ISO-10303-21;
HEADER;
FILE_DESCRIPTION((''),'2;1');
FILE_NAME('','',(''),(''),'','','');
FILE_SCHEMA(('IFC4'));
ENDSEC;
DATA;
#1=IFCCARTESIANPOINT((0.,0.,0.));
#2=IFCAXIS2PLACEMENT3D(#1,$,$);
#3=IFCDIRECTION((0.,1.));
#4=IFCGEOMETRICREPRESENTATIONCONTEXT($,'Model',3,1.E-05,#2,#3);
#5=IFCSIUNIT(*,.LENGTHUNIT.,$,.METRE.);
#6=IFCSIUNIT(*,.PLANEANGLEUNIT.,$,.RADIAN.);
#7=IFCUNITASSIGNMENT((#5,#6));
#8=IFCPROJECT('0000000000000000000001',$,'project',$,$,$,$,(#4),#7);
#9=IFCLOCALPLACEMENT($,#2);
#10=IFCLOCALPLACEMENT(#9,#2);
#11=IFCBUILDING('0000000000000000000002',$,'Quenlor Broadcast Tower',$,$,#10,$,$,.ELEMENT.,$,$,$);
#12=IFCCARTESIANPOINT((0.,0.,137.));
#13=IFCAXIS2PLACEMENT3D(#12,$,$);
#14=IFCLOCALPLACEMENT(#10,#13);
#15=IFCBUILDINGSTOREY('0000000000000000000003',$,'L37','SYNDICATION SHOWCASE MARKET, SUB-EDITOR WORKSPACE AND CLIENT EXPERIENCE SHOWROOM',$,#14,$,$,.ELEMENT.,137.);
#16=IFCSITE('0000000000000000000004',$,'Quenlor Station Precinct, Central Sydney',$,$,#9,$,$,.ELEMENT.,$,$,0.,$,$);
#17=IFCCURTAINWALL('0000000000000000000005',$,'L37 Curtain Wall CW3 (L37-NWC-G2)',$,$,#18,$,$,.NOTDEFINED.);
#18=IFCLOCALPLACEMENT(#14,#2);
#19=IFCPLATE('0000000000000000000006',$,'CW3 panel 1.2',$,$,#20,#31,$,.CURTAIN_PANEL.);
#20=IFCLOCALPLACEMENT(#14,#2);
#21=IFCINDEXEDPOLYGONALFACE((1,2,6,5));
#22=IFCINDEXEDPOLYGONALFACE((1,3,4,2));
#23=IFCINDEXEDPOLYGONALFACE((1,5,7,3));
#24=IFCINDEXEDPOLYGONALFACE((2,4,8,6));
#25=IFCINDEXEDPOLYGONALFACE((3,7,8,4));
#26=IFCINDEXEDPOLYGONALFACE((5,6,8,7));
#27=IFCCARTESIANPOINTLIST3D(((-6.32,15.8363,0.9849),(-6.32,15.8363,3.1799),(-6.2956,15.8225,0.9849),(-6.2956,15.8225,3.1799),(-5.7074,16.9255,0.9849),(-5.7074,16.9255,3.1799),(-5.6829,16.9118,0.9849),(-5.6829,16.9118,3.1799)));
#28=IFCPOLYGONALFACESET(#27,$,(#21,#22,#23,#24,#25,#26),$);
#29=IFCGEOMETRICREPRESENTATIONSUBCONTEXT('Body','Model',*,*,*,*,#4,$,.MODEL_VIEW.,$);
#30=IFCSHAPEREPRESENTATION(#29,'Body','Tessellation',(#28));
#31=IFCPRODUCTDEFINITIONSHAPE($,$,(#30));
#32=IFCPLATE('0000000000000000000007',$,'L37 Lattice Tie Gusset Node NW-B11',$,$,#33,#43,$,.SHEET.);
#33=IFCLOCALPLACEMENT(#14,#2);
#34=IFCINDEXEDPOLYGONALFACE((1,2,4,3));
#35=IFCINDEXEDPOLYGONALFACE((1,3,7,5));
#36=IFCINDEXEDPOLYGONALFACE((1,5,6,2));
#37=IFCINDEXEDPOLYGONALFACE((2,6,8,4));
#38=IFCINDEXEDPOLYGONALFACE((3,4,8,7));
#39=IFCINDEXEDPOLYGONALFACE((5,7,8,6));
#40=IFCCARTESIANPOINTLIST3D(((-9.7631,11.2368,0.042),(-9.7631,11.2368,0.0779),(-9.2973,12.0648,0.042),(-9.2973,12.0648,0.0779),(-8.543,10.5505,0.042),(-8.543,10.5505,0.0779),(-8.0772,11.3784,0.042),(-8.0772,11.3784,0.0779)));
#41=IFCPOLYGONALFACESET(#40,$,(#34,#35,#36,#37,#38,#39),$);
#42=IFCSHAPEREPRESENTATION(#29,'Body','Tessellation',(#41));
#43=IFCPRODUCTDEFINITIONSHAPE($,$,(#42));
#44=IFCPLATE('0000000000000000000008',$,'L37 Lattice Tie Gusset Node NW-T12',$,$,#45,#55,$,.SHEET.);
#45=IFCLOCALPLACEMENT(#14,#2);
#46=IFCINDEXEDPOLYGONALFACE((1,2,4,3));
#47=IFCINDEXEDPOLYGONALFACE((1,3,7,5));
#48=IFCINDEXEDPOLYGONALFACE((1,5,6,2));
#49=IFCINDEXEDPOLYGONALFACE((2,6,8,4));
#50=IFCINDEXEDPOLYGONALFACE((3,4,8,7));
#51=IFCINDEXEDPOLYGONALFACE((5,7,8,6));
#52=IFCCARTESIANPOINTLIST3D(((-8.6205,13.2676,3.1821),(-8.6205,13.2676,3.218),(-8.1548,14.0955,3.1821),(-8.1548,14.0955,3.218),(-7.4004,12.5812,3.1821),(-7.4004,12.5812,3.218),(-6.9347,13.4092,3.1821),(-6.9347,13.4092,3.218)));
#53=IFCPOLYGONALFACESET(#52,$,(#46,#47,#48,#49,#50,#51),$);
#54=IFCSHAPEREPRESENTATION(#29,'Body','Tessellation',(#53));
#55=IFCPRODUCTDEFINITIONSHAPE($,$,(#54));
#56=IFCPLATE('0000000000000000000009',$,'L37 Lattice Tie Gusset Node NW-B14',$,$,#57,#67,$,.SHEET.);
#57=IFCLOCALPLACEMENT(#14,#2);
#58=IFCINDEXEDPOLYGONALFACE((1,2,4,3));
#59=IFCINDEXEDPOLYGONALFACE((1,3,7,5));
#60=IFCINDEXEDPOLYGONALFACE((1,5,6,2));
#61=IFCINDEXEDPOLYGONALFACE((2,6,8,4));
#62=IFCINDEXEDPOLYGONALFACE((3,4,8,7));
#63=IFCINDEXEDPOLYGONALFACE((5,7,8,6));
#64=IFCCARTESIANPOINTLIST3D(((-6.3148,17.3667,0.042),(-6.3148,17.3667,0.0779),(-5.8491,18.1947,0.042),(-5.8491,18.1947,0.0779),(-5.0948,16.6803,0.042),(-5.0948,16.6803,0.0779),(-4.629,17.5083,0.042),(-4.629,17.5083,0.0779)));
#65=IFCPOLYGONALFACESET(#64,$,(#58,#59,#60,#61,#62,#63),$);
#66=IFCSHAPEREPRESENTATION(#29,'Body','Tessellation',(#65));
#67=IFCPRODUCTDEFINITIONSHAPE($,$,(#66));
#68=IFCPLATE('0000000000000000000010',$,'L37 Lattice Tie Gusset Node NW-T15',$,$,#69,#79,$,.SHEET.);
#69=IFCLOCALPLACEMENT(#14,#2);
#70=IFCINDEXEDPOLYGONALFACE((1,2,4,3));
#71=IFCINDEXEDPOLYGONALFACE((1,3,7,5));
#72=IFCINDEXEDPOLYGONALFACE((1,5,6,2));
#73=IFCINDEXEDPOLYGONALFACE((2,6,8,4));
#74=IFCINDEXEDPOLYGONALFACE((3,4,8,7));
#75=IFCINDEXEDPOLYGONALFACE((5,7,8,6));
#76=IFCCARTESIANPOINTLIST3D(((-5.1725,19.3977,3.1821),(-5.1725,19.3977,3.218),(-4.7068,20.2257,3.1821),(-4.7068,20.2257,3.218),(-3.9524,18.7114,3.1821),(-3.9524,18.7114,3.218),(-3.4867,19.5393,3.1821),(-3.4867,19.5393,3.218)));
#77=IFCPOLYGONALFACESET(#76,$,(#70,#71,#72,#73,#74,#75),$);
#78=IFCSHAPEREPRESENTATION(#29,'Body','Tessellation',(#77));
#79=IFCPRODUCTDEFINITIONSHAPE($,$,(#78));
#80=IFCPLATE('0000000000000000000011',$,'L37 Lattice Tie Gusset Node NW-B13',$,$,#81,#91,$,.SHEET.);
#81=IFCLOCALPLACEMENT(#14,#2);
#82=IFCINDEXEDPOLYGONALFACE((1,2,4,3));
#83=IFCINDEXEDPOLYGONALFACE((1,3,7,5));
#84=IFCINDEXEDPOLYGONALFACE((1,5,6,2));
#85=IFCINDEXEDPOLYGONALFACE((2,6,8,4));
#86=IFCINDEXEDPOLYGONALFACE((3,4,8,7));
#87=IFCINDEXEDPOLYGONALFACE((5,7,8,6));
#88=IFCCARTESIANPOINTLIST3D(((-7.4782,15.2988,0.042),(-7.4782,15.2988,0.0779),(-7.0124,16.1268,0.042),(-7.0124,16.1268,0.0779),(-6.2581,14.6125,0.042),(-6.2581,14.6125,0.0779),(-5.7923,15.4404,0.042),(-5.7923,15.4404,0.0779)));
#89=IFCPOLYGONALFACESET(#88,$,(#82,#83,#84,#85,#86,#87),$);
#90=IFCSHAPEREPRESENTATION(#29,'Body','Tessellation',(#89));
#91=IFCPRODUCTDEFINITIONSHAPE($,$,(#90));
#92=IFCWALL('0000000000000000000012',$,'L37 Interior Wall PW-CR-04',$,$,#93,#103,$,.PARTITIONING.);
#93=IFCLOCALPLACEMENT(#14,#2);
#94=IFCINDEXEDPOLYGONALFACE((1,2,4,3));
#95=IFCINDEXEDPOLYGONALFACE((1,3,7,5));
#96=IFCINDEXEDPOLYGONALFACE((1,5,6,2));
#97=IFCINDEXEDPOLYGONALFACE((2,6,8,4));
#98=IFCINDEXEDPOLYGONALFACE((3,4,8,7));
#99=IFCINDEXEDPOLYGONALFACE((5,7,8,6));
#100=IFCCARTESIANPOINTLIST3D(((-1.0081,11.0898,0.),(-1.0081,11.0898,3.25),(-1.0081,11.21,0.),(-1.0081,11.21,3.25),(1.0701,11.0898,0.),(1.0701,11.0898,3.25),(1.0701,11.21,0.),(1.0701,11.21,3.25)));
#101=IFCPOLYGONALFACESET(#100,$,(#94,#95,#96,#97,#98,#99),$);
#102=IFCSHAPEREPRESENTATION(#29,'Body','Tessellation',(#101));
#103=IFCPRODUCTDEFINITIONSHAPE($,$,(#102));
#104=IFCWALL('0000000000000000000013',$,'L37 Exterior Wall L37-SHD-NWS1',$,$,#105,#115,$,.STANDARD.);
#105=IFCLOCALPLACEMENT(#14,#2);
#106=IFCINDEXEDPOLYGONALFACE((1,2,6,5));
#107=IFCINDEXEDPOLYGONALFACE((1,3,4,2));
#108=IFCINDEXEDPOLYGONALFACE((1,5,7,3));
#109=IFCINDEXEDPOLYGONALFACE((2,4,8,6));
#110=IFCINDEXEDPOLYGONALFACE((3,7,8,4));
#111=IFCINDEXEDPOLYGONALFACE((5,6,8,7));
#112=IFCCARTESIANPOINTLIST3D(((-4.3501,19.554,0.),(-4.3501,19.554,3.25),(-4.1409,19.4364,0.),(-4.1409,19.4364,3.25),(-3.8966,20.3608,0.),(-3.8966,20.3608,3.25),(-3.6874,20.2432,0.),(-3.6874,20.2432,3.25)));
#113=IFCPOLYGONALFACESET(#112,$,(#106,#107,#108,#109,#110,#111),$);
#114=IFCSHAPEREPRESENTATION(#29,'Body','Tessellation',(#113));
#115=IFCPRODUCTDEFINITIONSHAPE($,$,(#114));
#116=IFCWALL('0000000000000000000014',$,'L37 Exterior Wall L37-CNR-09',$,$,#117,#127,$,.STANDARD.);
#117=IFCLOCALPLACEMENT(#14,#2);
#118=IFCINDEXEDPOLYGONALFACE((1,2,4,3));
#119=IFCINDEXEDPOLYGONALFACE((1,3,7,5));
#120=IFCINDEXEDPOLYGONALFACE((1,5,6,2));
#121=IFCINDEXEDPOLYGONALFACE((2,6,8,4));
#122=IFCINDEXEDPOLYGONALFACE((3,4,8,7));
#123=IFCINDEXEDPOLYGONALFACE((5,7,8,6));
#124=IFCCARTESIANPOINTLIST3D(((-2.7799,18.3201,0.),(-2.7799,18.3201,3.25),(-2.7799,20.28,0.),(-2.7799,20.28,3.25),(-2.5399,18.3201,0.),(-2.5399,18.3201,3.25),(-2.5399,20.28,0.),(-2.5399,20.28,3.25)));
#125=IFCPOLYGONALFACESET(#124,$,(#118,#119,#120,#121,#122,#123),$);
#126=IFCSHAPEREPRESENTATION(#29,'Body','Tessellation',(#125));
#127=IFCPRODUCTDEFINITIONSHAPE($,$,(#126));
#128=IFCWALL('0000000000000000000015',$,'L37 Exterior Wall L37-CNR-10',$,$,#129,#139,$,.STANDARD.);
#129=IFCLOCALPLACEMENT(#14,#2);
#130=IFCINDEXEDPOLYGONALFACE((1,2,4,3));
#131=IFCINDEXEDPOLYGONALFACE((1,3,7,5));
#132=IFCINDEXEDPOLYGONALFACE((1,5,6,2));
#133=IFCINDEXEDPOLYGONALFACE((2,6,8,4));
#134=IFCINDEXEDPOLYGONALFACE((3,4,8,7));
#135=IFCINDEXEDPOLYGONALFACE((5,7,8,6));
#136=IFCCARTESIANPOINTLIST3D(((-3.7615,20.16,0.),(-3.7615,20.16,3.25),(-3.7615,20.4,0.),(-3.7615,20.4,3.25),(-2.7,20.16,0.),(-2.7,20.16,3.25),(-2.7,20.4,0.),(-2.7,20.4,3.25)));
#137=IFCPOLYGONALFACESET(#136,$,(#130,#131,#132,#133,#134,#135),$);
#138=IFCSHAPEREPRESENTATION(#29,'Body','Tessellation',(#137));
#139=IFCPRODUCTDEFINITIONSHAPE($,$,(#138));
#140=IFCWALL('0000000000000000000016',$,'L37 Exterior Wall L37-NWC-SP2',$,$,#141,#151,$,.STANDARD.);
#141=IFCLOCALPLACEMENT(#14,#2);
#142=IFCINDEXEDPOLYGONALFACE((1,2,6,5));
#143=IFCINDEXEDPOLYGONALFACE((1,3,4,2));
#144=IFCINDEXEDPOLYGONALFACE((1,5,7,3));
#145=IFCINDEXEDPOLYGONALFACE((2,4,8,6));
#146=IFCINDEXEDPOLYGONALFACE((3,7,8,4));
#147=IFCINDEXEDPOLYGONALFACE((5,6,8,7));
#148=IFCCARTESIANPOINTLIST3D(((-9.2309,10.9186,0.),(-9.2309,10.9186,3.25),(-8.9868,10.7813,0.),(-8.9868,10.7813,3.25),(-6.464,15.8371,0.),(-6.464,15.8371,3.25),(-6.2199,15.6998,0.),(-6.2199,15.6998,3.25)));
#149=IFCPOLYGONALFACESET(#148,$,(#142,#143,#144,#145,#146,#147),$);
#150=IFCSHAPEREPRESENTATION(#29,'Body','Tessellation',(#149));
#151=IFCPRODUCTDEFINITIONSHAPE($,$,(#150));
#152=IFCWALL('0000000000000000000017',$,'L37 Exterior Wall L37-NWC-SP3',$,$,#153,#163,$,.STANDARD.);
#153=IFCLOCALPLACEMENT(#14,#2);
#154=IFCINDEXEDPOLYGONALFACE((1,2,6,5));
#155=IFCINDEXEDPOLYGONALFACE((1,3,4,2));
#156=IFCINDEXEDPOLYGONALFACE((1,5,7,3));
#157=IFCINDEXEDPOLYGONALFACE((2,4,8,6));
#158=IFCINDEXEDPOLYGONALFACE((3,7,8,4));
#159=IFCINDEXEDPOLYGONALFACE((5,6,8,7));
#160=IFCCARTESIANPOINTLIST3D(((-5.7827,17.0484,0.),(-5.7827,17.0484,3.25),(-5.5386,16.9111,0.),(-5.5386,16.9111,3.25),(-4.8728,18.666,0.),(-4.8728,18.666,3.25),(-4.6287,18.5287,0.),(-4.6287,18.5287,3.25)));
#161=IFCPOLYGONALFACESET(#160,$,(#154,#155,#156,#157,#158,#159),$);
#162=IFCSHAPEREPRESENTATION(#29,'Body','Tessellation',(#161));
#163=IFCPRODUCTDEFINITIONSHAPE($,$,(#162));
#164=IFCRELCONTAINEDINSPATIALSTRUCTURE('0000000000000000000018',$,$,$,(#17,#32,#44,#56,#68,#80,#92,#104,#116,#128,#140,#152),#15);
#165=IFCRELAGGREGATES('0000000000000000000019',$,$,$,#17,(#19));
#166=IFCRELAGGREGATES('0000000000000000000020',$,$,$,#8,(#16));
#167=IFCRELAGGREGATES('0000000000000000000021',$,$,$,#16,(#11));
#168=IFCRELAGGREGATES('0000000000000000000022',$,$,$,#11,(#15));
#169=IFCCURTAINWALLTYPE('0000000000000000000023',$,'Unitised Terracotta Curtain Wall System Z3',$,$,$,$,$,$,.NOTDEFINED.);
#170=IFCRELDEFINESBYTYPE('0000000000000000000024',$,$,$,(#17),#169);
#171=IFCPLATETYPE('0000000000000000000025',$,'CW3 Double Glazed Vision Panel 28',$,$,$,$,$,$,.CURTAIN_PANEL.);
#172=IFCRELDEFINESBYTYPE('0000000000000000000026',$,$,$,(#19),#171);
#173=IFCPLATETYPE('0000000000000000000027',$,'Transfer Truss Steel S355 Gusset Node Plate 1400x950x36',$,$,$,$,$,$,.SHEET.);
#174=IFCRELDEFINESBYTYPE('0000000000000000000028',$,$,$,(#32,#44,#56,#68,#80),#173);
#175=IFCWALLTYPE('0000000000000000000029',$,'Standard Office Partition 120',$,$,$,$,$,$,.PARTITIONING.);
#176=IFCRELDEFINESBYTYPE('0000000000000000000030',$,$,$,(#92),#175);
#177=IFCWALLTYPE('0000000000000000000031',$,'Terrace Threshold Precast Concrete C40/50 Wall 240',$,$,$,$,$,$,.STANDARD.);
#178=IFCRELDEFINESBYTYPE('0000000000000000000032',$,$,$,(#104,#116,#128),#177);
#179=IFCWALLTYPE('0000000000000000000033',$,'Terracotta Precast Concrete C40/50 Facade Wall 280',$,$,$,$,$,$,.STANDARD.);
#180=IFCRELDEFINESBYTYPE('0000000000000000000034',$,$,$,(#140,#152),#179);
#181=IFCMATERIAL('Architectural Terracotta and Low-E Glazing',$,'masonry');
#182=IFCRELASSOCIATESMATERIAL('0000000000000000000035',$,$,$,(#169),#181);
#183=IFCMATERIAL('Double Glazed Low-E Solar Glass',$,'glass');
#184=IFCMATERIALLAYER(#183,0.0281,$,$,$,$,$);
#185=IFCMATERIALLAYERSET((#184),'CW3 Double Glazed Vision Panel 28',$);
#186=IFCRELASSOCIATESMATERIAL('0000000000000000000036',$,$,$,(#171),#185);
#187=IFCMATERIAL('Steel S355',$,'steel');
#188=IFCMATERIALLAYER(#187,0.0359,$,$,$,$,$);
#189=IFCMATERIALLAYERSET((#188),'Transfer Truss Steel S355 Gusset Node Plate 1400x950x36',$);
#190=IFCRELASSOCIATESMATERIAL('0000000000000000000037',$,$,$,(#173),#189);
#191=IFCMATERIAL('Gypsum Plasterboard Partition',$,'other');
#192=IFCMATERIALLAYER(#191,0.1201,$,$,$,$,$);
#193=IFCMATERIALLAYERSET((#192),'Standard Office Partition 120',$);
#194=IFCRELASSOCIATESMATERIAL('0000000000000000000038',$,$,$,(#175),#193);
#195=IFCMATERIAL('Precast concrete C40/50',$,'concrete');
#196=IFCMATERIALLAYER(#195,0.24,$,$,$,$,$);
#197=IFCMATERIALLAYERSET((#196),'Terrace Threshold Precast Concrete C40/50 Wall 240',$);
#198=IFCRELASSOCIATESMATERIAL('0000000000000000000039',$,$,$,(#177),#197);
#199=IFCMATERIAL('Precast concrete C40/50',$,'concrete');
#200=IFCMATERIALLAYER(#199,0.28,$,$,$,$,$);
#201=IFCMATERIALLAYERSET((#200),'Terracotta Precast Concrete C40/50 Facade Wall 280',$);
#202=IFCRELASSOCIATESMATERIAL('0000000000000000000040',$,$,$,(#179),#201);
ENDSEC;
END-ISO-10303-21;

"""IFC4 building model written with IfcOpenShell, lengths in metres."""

from ifc_helpers import new_model, si_unit, direction, frame, frame_2d, origin, origin_2d, place, context, subcontext, project, spatial, rectangle, extrude, material, layer, layer_set, type_object, element, aggregate, save


model = new_model("IFC4")

# Units and contexts
model_context = context("Model", 3, precision=1e-05, world=origin(), true_north=direction((0.0, 1.0)))
body_context = subcontext(model_context, "Body", "Model", "MODEL_VIEW")
ifc_project = project(units=[si_unit("LENGTHUNIT", "METRE"), si_unit("PLANEANGLEUNIT", "RADIAN")], contexts=[model_context])

# Site, building, storey
site_placement = place(None, origin())
site = spatial("IfcSite", under=ifc_project, at=site_placement, Name="Quenlor Station Precinct, Central Sydney", CompositionType="ELEMENT", RefElevation=0.0)
building_placement = place(site_placement, origin())
building = spatial("IfcBuilding", under=site, at=building_placement, Name="Quenlor Broadcast Tower", CompositionType="ELEMENT")
storey_placement = place(building_placement, frame((0.0, 0.0, 137.0)))
storey = spatial("IfcBuildingStorey", under=building, at=storey_placement, Name="L37", Description="SYNDICATION SHOWCASE MARKET, SUB-EDITOR WORKSPACE AND CLIENT EXPERIENCE SHOWROOM", CompositionType="ELEMENT", Elevation=137.0)

# Shared definitions
ifc_material_1 = material(Name="Architectural Terracotta and Low-E Glazing", Category="masonry")
curtain_wall_type = type_object("IfcCurtainWallType", Name="Unitised Terracotta Curtain Wall System Z3", PredefinedType="NOTDEFINED", material=ifc_material_1)

# Curtain wall
curtain_wall_1_placement = place(storey_placement, origin())
curtain_wall_1 = element("IfcCurtainWall", 1, at=curtain_wall_1_placement, inside=storey, type_object=curtain_wall_type, Name="L37 Curtain Wall CW3 (L37-NWC-G2)", PredefinedType="NOTDEFINED")

# Plate
ifc_material_2 = material(Name="Double Glazed Low-E Solar Glass", Category="glass")
ifc_layer_1 = layer(ifc_material_2, 0.0281)
ifc_layer_set_1 = layer_set([ifc_layer_1], Name="CW3 Double Glazed Vision Panel 28")
plate_type_1 = type_object("IfcPlateType", Name="CW3 Double Glazed Vision Panel 28", PredefinedType="CURTAIN_PANEL", material=ifc_layer_set_1)
plate_1_placement = place(storey_placement, frame((-6.0015, 16.374, 0.9849), z_axis=(0.0, 0.0, 1.0), x_axis=(0.49023, 0.871593, 0.0)))
plate_1 = element("IfcPlate", 2, at=plate_1_placement, type_object=plate_type_1, Name="CW3 panel 1.2", PredefinedType="CURTAIN_PANEL", context=body_context, shape_type="SweptSolid", body=[
    extrude(rectangle(XDim=1.2498, YDim=0.0281, at=origin_2d()), origin(), (0.0, 0.0, 1.0), 2.1951),
])
aggregate(curtain_wall_1, [plate_1])

# Plates
ifc_material_3 = material(Name="Steel S355", Category="steel")
ifc_layer_2 = layer(ifc_material_3, 0.0359)
ifc_layer_set_2 = layer_set([ifc_layer_2], Name="Transfer Truss Steel S355 Gusset Node Plate 1400x950x36")
plate_type_2 = type_object("IfcPlateType", Name="Transfer Truss Steel S355 Gusset Node Plate 1400x950x36", PredefinedType="SHEET", material=ifc_layer_set_2)
for number, where, z_axis, x_axis, name in (
    (3, (-8.9202, 11.3076, 0.042), (0.0, 0.0, 1.0), (-0.871556, 0.490295, 0.0), "L37 Lattice Tie Gusset Node NW-B11"),
    (4, (-7.7776, 13.3384, 3.1821), (0.0, 0.0, 1.0), (-0.871556, 0.490295, 0.0), "L37 Lattice Tie Gusset Node NW-T12"),
    (5, (-5.4719, 17.4375, 0.042), (0.0, 0.0, 1.0), (-0.871556, 0.490295, 0.0), "L37 Lattice Tie Gusset Node NW-B14"),
    (6, (-4.3296, 19.4685, 3.1821), (0.0, 0.0, 1.0), (-0.871556, 0.490295, 0.0), "L37 Lattice Tie Gusset Node NW-T15"),
    (7, (-6.6353, 15.3696, 0.042), (0.0, 0.0, 1.0), (-0.871556, 0.490295, 0.0), "L37 Lattice Tie Gusset Node NW-B13"),
):
    element("IfcPlate", number, at=place(storey_placement, frame(where, z_axis=z_axis, x_axis=x_axis)), inside=storey, type_object=plate_type_2, Name=name, PredefinedType="SHEET", context=body_context, shape_type="SweptSolid", body=[
        extrude(rectangle(XDim=1.3999, YDim=0.95, at=origin_2d()), origin(), (0.0, 0.0, 1.0), 0.0359),
    ])

# Walls
ifc_material_4 = material(Name="Gypsum Plasterboard Partition", Category="other")
ifc_layer_3 = layer(ifc_material_4, 0.1201)
ifc_layer_set_3 = layer_set([ifc_layer_3], Name="Standard Office Partition 120")
wall_type_1 = type_object("IfcWallType", Name="Standard Office Partition 120", PredefinedType="PARTITIONING", material=ifc_layer_set_3)
wall_1_placement = place(storey_placement, frame((-1.0081, 11.1499, 0.0), z_axis=(0.0, 0.0, 1.0), x_axis=(1.0, 0.0, 0.0)))
element("IfcWall", 8, at=wall_1_placement, inside=storey, type_object=wall_type_1, Name="L37 Interior Wall PW-CR-04", PredefinedType="PARTITIONING", context=body_context, shape_type="SweptSolid", body=[
    extrude(rectangle(XDim=2.0781, YDim=0.1201, at=frame_2d((1.0391, 0.0))), origin(), (0.0, 0.0, 1.0), 3.25),
])
ifc_material_5 = material(Name="Precast concrete C40/50", Category="concrete")
ifc_layer_4 = layer(ifc_material_5, 0.24)
ifc_layer_set_4 = layer_set([ifc_layer_4], Name="Terrace Threshold Precast Concrete C40/50 Wall 240")
wall_type_2 = type_object("IfcWallType", Name="Terrace Threshold Precast Concrete C40/50 Wall 240", PredefinedType="STANDARD", material=ifc_layer_set_4)
wall_2_placement = place(storey_placement, frame((-4.2456, 19.4951, 0.0), z_axis=(0.0, 0.0, 1.0), x_axis=(0.490048, 0.871695, 0.0)))
element("IfcWall", 9, at=wall_2_placement, inside=storey, type_object=wall_type_2, Name="L37 Exterior Wall L37-SHD-NWS1", PredefinedType="STANDARD", context=body_context, shape_type="SweptSolid", body=[
    extrude(rectangle(XDim=0.9255, YDim=0.24, at=frame_2d((0.4629, 0.0))), origin(), (0.0, 0.0, 1.0), 3.25),
])
wall_3_placement = place(storey_placement, frame((-2.6599, 18.3201, 0.0), z_axis=(0.0, 0.0, 1.0), x_axis=(0.0, 1.0, 0.0)))
element("IfcWall", 10, at=wall_3_placement, inside=storey, type_object=wall_type_2, Name="L37 Exterior Wall L37-CNR-09", PredefinedType="STANDARD", context=body_context, shape_type="SweptSolid", body=[
    extrude(rectangle(XDim=1.96, YDim=0.24, at=frame_2d((0.98, 0.0))), origin(), (0.0, 0.0, 1.0), 3.25),
])
wall_4_placement = place(storey_placement, frame((-2.7, 20.28, 0.0), z_axis=(0.0, 0.0, 1.0), x_axis=(-1.0, 0.0, 0.0)))
element("IfcWall", 11, at=wall_4_placement, inside=storey, type_object=wall_type_2, Name="L37 Exterior Wall L37-CNR-10", PredefinedType="STANDARD", context=body_context, shape_type="SweptSolid", body=[
    extrude(rectangle(XDim=1.0615, YDim=0.24, at=frame_2d((0.5308, 0.0))), origin(), (0.0, 0.0, 1.0), 3.25),
])
ifc_material_6 = material(Name="Precast concrete C40/50", Category="concrete")
ifc_layer_5 = layer(ifc_material_6, 0.28)
ifc_layer_set_5 = layer_set([ifc_layer_5], Name="Terracotta Precast Concrete C40/50 Facade Wall 280")
wall_type_3 = type_object("IfcWallType", Name="Terracotta Precast Concrete C40/50 Facade Wall 280", PredefinedType="STANDARD", material=ifc_layer_set_5)
wall_5_placement = place(storey_placement, frame((-9.1089, 10.8499, 0.0), z_axis=(0.0, 0.0, 1.0), x_axis=(0.49029, 0.871559, 0.0)))
element("IfcWall", 12, at=wall_5_placement, inside=storey, type_object=wall_type_3, Name="L37 Exterior Wall L37-NWC-SP2", PredefinedType="STANDARD", context=body_context, shape_type="SweptSolid", body=[
    extrude(rectangle(XDim=5.6433, YDim=0.28, at=frame_2d((2.8218, 0.0))), origin(), (0.0, 0.0, 1.0), 3.25),
])
wall_6_placement = place(storey_placement, frame((-5.6606, 16.9797, 0.0), z_axis=(0.0, 0.0, 1.0), x_axis=(0.490249, 0.871583, 0.0)))
element("IfcWall", 13, at=wall_6_placement, inside=storey, type_object=wall_type_3, Name="L37 Exterior Wall L37-NWC-SP3", PredefinedType="STANDARD", context=body_context, shape_type="SweptSolid", body=[
    extrude(rectangle(XDim=1.856, YDim=0.28, at=frame_2d((0.928, 0.0))), origin(), (0.0, 0.0, 1.0), 3.25),
])

save(model, "model.ifc")
